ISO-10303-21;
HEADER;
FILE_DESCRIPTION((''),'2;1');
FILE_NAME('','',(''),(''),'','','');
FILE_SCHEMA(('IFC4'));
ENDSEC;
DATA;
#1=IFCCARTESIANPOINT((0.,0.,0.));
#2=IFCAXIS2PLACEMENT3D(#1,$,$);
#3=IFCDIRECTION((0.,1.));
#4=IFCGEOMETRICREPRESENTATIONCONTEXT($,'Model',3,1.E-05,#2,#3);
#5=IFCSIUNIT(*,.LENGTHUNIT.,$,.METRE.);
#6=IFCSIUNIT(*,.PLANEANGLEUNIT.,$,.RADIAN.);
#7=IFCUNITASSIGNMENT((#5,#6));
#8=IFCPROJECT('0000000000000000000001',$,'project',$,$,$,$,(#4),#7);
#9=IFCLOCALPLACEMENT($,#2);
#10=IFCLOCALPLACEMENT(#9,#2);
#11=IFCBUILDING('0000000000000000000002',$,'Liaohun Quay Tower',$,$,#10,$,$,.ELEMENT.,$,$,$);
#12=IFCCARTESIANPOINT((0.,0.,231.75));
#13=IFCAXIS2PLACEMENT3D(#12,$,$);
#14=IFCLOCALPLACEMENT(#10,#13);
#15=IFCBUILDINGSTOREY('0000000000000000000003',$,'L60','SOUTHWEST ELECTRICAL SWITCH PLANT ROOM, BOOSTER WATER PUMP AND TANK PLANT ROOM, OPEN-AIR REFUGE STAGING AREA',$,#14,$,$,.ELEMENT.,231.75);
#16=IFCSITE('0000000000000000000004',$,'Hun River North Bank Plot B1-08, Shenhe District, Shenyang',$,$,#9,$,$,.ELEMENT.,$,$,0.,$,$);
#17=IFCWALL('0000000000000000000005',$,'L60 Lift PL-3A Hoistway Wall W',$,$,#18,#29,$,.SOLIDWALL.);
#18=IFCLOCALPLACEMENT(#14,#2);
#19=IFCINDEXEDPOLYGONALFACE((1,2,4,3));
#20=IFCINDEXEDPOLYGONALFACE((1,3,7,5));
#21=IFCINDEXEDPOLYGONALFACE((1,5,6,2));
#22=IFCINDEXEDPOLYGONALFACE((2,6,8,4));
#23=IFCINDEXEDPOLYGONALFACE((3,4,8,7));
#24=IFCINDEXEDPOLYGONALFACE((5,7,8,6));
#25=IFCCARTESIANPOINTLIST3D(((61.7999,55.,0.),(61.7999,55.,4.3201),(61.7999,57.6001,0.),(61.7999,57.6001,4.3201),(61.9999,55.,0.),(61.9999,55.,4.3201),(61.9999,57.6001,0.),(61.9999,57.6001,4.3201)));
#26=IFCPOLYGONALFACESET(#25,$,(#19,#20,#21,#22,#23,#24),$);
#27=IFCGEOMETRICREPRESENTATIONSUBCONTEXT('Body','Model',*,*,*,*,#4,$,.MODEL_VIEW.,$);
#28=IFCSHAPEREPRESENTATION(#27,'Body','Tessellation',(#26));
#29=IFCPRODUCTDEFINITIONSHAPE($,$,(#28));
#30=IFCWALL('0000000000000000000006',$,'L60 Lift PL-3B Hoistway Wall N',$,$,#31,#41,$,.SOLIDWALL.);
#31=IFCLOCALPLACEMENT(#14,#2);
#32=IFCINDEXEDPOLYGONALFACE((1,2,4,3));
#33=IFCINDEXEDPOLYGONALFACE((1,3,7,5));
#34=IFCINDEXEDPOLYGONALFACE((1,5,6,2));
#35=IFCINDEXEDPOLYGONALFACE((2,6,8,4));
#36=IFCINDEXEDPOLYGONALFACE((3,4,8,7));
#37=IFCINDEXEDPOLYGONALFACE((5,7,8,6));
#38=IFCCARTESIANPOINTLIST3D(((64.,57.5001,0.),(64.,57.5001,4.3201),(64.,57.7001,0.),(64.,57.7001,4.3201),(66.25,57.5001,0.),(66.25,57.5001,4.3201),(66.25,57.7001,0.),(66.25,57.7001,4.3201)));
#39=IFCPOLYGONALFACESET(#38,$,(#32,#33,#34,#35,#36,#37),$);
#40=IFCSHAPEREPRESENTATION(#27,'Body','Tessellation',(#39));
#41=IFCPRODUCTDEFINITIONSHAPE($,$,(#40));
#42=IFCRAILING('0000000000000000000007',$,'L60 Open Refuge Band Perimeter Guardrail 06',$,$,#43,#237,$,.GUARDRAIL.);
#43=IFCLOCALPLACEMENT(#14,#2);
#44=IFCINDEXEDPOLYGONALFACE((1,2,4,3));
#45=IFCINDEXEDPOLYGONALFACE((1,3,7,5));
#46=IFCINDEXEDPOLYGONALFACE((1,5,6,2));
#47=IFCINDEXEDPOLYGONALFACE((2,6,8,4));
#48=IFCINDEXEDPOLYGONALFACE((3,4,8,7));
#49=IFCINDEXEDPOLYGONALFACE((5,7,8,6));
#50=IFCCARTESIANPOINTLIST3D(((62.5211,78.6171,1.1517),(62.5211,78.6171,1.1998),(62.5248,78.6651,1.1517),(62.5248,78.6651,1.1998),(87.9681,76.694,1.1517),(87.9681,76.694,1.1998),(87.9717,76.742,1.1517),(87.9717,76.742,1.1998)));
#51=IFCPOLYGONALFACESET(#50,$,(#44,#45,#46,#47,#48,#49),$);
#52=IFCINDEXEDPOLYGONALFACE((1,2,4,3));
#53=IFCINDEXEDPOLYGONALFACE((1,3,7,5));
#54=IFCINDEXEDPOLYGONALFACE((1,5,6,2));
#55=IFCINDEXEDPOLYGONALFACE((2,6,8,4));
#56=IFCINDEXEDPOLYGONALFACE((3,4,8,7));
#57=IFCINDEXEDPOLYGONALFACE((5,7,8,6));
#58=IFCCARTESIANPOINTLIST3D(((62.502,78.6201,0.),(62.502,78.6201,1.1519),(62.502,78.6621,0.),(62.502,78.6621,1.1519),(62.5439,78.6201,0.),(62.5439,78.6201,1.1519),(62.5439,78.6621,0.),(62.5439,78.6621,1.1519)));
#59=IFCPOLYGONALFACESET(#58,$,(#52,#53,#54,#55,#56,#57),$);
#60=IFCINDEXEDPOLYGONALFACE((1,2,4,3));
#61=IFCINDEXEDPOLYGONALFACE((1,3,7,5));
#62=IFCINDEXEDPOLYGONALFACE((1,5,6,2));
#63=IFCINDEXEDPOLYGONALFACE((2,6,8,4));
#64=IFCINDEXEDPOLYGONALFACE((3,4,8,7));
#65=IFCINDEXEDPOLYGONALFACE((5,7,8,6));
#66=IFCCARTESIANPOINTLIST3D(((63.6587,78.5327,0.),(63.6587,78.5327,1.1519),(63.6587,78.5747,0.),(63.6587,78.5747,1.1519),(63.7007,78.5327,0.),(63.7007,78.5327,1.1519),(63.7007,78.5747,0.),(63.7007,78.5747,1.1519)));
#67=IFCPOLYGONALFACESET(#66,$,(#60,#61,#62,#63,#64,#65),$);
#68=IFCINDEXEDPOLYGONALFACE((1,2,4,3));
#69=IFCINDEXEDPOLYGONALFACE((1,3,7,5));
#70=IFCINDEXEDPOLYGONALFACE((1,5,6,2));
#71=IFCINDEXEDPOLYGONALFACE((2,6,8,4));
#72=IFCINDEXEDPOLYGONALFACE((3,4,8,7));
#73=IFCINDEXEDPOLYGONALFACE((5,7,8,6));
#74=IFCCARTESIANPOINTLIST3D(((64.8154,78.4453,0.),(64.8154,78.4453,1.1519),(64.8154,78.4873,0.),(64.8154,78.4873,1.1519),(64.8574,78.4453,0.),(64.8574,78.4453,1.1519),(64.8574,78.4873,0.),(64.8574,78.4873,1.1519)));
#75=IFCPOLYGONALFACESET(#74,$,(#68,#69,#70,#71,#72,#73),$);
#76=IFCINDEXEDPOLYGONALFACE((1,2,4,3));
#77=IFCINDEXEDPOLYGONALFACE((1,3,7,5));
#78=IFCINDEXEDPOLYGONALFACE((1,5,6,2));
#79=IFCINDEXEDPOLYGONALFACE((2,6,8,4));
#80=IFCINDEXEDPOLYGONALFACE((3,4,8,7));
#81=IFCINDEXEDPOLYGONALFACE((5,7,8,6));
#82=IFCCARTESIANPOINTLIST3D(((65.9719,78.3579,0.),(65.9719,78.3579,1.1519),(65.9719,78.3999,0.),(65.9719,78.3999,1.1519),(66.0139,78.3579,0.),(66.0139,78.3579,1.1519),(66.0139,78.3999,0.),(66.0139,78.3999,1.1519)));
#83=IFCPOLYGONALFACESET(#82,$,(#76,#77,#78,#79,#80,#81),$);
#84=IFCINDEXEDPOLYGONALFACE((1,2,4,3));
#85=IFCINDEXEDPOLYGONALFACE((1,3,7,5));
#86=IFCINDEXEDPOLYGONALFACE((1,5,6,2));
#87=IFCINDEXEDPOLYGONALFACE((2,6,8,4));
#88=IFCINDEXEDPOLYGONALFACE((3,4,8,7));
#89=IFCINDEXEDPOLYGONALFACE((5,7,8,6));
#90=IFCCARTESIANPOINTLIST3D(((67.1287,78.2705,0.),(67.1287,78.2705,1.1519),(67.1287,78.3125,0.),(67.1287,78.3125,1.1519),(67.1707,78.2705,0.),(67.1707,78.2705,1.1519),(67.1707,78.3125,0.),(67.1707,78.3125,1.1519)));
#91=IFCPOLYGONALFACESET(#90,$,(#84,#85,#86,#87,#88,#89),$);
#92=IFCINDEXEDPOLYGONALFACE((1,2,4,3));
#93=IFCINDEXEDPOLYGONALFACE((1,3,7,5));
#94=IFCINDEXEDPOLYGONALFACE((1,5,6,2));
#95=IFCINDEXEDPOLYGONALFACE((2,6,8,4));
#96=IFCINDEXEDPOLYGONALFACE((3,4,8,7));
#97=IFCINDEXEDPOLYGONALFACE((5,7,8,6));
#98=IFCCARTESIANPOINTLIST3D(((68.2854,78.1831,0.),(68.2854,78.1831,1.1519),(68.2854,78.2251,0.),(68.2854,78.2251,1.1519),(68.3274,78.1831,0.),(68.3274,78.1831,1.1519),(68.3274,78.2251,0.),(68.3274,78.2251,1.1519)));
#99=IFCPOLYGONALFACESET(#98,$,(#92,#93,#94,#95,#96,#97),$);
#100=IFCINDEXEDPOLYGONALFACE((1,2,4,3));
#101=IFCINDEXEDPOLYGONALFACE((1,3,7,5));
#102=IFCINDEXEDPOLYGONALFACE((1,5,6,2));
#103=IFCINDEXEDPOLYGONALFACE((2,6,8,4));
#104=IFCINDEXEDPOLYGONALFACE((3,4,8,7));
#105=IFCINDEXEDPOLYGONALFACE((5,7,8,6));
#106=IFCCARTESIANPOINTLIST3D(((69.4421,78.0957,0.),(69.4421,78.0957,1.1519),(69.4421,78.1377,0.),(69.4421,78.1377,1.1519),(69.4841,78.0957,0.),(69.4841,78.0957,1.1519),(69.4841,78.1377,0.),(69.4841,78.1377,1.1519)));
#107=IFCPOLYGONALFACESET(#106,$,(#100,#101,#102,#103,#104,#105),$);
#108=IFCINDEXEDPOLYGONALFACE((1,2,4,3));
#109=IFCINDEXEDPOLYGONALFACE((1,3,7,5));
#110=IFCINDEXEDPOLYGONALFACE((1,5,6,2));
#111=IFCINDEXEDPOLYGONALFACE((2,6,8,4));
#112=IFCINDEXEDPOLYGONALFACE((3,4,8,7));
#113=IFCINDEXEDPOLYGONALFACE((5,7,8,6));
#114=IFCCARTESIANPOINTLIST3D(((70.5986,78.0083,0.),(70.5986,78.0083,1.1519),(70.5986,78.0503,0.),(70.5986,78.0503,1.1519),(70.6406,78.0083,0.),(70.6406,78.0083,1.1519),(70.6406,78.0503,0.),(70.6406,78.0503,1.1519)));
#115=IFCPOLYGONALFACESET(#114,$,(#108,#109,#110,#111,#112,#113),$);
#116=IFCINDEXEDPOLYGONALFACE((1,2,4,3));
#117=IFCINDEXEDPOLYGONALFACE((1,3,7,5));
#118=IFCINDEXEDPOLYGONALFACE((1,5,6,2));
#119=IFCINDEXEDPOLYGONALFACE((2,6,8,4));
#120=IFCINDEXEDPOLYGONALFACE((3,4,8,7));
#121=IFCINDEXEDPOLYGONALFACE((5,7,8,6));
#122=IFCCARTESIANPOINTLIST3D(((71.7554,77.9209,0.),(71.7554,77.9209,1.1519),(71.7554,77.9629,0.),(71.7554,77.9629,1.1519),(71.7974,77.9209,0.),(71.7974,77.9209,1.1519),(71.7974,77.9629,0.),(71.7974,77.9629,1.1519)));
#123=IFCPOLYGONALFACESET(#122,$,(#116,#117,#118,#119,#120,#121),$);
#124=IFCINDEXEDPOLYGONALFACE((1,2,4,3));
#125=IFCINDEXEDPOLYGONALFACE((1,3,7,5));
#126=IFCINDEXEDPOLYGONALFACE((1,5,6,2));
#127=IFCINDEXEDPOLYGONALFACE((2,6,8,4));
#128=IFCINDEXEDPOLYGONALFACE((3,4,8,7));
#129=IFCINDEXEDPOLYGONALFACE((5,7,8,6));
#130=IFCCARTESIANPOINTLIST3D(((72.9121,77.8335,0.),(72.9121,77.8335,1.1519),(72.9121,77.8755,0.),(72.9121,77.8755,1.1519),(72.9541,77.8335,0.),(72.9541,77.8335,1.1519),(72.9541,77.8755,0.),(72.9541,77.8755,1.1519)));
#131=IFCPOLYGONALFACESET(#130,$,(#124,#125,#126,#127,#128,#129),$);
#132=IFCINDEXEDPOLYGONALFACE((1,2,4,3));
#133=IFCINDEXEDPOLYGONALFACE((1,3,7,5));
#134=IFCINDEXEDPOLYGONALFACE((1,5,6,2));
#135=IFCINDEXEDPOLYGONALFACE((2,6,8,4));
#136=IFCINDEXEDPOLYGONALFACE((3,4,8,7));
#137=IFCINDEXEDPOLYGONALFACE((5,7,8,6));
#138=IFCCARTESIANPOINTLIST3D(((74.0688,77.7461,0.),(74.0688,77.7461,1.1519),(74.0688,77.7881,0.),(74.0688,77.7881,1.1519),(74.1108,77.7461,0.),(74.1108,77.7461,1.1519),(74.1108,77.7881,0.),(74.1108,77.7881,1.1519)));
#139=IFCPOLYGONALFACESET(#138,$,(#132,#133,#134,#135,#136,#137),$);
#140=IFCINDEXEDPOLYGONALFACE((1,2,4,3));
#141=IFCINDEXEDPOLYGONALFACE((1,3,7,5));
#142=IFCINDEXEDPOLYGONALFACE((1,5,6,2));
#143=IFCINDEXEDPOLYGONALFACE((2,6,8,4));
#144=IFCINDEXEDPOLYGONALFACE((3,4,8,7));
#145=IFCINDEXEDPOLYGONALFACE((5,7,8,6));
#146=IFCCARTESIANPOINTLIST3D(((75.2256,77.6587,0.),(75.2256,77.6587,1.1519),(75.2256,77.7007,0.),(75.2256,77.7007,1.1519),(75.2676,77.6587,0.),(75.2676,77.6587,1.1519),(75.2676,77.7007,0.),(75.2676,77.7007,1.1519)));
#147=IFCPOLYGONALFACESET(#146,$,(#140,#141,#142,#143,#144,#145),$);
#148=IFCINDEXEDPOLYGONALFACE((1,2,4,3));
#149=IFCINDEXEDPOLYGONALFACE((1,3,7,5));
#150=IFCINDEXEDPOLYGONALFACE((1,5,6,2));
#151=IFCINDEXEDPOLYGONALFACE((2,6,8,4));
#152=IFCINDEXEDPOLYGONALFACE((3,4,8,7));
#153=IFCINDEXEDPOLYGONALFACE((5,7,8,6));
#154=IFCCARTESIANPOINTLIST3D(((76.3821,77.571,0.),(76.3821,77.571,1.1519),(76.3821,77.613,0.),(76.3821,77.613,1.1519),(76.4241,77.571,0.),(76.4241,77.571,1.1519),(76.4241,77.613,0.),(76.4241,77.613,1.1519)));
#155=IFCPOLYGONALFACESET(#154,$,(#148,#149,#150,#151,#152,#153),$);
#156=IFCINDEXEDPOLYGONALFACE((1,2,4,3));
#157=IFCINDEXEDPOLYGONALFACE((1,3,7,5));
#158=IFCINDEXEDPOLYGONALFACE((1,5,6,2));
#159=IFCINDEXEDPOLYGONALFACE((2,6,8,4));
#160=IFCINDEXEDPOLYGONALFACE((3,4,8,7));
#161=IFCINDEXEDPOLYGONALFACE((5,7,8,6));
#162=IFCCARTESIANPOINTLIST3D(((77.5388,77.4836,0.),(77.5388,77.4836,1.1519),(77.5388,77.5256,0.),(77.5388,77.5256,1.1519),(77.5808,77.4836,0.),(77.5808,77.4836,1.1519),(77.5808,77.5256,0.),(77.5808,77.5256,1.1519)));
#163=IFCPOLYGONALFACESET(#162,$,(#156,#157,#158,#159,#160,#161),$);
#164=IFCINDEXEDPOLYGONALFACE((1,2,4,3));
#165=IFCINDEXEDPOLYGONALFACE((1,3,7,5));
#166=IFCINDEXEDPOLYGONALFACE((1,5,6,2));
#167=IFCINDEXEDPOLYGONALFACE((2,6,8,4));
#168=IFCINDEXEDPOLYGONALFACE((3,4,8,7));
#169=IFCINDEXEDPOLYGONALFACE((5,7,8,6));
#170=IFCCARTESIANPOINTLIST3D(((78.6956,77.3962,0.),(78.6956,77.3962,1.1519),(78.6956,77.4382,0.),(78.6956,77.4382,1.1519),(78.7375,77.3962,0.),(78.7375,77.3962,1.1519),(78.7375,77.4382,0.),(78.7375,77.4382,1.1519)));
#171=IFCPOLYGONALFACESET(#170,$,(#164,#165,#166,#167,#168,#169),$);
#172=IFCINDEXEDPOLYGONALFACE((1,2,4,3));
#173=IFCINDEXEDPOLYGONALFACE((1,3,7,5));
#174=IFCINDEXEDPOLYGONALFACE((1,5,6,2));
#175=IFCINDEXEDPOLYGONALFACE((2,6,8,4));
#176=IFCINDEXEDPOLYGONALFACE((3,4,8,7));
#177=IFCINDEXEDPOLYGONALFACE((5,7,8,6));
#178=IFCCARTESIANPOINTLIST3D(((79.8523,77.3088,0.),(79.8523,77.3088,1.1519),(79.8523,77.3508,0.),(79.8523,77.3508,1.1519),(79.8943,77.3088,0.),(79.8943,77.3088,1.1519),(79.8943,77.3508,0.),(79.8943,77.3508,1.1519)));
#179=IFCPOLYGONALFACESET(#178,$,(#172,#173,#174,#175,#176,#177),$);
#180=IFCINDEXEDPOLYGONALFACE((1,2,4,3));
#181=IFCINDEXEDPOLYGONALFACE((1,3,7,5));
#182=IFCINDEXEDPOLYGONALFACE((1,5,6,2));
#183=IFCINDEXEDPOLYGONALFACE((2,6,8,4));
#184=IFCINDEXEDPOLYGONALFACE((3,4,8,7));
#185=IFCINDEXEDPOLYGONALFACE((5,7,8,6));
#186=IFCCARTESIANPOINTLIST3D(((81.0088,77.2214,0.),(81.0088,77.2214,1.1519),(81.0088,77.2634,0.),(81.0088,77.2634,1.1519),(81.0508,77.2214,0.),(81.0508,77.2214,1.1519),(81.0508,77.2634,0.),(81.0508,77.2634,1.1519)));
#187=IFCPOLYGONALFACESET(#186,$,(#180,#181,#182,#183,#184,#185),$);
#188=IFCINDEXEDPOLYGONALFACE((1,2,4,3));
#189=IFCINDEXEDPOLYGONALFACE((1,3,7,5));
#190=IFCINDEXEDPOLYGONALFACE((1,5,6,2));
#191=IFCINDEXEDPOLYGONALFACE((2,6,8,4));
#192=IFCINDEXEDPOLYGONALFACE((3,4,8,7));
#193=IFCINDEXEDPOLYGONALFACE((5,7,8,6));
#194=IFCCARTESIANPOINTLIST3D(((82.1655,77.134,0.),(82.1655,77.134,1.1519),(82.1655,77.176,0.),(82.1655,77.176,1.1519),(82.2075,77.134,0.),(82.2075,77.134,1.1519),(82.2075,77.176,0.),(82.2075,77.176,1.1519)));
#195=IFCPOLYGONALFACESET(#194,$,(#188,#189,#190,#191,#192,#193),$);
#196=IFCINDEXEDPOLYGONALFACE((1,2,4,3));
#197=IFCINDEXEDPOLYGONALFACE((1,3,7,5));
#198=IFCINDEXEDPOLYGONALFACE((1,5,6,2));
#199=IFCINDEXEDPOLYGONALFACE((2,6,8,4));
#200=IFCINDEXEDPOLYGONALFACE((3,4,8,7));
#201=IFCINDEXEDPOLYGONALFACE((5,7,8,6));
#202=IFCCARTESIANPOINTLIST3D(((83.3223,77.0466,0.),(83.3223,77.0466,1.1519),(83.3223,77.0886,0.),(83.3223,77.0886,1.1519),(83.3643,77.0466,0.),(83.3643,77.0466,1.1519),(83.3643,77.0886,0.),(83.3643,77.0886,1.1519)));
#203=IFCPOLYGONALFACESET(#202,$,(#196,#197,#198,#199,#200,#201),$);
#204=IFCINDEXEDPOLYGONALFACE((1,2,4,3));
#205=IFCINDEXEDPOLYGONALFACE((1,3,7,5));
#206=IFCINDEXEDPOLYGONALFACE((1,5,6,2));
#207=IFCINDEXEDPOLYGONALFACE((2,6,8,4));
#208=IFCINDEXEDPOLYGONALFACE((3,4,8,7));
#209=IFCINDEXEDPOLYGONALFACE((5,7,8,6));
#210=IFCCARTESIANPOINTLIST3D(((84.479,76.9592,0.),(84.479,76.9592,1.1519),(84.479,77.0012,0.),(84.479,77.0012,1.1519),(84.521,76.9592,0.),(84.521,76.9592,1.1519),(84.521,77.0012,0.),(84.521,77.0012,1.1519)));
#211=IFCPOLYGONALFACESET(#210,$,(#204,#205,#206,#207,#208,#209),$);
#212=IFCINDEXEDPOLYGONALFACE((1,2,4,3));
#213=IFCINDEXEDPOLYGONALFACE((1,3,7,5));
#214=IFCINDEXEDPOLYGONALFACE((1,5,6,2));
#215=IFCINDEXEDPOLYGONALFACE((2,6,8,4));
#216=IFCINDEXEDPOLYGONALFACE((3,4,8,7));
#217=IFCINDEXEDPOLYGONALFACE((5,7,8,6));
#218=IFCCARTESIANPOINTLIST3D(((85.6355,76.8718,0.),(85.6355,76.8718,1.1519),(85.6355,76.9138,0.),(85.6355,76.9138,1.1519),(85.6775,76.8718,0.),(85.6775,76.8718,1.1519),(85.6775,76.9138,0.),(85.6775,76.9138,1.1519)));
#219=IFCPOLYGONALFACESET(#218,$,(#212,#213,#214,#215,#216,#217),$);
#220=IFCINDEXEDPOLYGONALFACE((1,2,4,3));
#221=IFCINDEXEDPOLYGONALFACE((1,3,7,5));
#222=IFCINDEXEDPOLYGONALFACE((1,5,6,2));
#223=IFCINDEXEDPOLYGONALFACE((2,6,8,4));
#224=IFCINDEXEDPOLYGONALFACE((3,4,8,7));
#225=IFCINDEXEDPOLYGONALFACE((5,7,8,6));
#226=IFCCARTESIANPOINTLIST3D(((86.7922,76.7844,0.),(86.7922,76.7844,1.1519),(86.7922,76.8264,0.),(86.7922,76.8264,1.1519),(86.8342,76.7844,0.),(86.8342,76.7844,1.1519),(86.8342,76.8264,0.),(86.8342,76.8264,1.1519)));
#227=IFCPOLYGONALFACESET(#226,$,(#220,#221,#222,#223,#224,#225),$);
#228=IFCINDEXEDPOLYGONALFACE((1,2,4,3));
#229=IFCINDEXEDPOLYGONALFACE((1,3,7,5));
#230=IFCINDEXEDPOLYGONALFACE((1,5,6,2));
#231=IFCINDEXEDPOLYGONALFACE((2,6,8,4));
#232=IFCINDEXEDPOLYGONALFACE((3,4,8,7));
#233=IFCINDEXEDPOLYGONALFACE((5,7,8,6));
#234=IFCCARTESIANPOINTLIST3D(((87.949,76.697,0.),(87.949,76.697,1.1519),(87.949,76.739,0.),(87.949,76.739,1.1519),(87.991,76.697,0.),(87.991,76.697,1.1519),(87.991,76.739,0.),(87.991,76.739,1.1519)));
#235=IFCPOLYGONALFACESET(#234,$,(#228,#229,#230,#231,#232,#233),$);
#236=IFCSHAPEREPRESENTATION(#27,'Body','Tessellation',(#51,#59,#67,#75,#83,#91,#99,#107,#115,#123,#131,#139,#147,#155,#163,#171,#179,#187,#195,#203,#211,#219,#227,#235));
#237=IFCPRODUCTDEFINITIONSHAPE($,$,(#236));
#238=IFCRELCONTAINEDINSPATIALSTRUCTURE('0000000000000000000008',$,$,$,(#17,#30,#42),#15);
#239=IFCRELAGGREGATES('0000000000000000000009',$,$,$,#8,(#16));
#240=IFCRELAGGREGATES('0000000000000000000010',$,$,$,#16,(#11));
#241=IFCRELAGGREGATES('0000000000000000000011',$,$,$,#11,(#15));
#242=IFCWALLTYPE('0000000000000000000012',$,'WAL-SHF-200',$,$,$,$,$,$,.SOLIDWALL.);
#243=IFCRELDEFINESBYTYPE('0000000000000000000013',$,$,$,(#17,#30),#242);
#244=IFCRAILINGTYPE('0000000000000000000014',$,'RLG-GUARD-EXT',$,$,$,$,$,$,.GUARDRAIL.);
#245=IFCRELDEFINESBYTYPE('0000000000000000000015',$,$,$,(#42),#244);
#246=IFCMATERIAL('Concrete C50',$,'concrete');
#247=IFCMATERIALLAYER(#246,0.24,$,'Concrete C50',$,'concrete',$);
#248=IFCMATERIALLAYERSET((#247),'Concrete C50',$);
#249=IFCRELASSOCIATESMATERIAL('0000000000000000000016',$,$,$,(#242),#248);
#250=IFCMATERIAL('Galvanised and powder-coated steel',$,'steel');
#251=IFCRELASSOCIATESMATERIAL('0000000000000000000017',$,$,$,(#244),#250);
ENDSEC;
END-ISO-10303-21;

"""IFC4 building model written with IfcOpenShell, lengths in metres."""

from ifc_helpers import new_model, si_unit, direction, frame, frame_2d, origin, origin_2d, place, context, subcontext, project, spatial, rectangle, extrude, material, layer, layer_set, type_object, element, save


model = new_model("IFC4")

# Units and contexts
model_context = context("Model", 3, precision=1e-05, world=origin(), true_north=direction((0.0, 1.0)))
body_context = subcontext(model_context, "Body", "Model", "MODEL_VIEW")
ifc_project = project(units=[si_unit("LENGTHUNIT", "METRE"), si_unit("PLANEANGLEUNIT", "RADIAN")], contexts=[model_context])

# Site, building, storey
site_placement = place(None, origin())
site = spatial("IfcSite", under=ifc_project, at=site_placement, Name="Hun River North Bank Plot B1-08, Shenhe District, Shenyang", CompositionType="ELEMENT", RefElevation=0.0)
building_placement = place(site_placement, origin())
building = spatial("IfcBuilding", under=site, at=building_placement, Name="Liaohun Quay Tower", CompositionType="ELEMENT")
storey_placement = place(building_placement, frame((0.0, 0.0, 231.75)))
storey = spatial("IfcBuildingStorey", under=building, at=storey_placement, Name="L60", Description="SOUTHWEST ELECTRICAL SWITCH PLANT ROOM, BOOSTER WATER PUMP AND TANK PLANT ROOM, OPEN-AIR REFUGE STAGING AREA", CompositionType="ELEMENT", Elevation=231.75)

# Shared definitions
ifc_material_1 = material(Name="Concrete C50", Category="concrete")
ifc_layer_1 = layer(ifc_material_1, 0.24, Name="Concrete C50", Category="concrete")
ifc_layer_set_1 = layer_set([ifc_layer_1], Name="Concrete C50")
wall_type_1 = type_object("IfcWallType", Name="WAL-SHF-200", PredefinedType="SOLIDWALL", material=ifc_layer_set_1)

# Walls
wall_1_placement = place(storey_placement, frame((61.8999, 57.6001, 0.0), z_axis=(0.0, 0.0, 1.0), x_axis=(0.0, -1.0, 0.0)))
element("IfcWall", 1, at=wall_1_placement, inside=storey, type_object=wall_type_1, Name="L60 Lift PL-3A Hoistway Wall W", PredefinedType="SOLIDWALL", context=body_context, shape_type="SweptSolid", body=[
    extrude(rectangle(XDim=2.6001, YDim=0.2, at=frame_2d((1.3, 0.0))), origin(), (0.0, 0.0, 1.0), 4.3201),
])
wall_2_placement = place(storey_placement, frame((66.25, 57.6001, 0.0), z_axis=(0.0, 0.0, 1.0), x_axis=(-1.0, 0.0, 0.0)))
element("IfcWall", 2, at=wall_2_placement, inside=storey, type_object=wall_type_1, Name="L60 Lift PL-3B Hoistway Wall N", PredefinedType="SOLIDWALL", context=body_context, shape_type="SweptSolid", body=[
    extrude(rectangle(XDim=2.25, YDim=0.2, at=frame_2d((1.125, 0.0))), origin(), (0.0, 0.0, 1.0), 4.3201),
])

# Railing
ifc_material_2 = material(Name="Galvanised and powder-coated steel", Category="steel")
railing_type_1 = type_object("IfcRailingType", Name="RLG-GUARD-EXT", PredefinedType="GUARDRAIL", material=ifc_material_2)
railing_1_placement = place(storey_placement, frame((62.5229, 78.6411, 0.0)))
element("IfcRailing", 3, at=railing_1_placement, inside=storey, type_object=railing_type_1, Name="L60 Open Refuge Band Perimeter Guardrail 06", PredefinedType="GUARDRAIL", context=body_context, shape_type="SweptSolid", body=[
    extrude(rectangle(XDim=0.0481, YDim=0.0481, at=origin_2d()), frame((0.0, 0.0, 1.1758), z_axis=(0.997157, -0.075358, 0.0), x_axis=(0.075358, 0.997157, 0.0)), (0.0, 0.0, 1.0), 25.5195),
    extrude(rectangle(XDim=0.042, YDim=0.042, at=origin_2d()), origin(), (0.0, 0.0, 1.0), 1.1519),
    extrude(rectangle(XDim=0.042, YDim=0.042, at=origin_2d()), frame((1.1567, -0.0874, 0.0)), (0.0, 0.0, 1.0), 1.1519),
    extrude(rectangle(XDim=0.042, YDim=0.042, at=origin_2d()), frame((2.3135, -0.1748, 0.0)), (0.0, 0.0, 1.0), 1.1519),
    extrude(rectangle(XDim=0.042, YDim=0.042, at=origin_2d()), frame((3.47, -0.2622, 0.0)), (0.0, 0.0, 1.0), 1.1519),
    extrude(rectangle(XDim=0.042, YDim=0.042, at=origin_2d()), frame((4.6267, -0.3496, 0.0)), (0.0, 0.0, 1.0), 1.1519),
    extrude(rectangle(XDim=0.042, YDim=0.042, at=origin_2d()), frame((5.7834, -0.437, 0.0)), (0.0, 0.0, 1.0), 1.1519),
    extrude(rectangle(XDim=0.042, YDim=0.042, at=origin_2d()), frame((6.9402, -0.5244, 0.0)), (0.0, 0.0, 1.0), 1.1519),
    extrude(rectangle(XDim=0.042, YDim=0.042, at=origin_2d()), frame((8.0967, -0.6118, 0.0)), (0.0, 0.0, 1.0), 1.1519),
    extrude(rectangle(XDim=0.042, YDim=0.042, at=origin_2d()), frame((9.2534, -0.6992, 0.0)), (0.0, 0.0, 1.0), 1.1519),
    extrude(rectangle(XDim=0.042, YDim=0.042, at=origin_2d()), frame((10.4102, -0.7866, 0.0)), (0.0, 0.0, 1.0), 1.1519),
    extrude(rectangle(XDim=0.042, YDim=0.042, at=origin_2d()), frame((11.5669, -0.874, 0.0)), (0.0, 0.0, 1.0), 1.1519),
    extrude(rectangle(XDim=0.042, YDim=0.042, at=origin_2d()), frame((12.7236, -0.9614, 0.0)), (0.0, 0.0, 1.0), 1.1519),
    extrude(rectangle(XDim=0.042, YDim=0.042, at=origin_2d()), frame((13.8801, -1.0491, 0.0)), (0.0, 0.0, 1.0), 1.1519),
    extrude(rectangle(XDim=0.042, YDim=0.042, at=origin_2d()), frame((15.0369, -1.1365, 0.0)), (0.0, 0.0, 1.0), 1.1519),
    extrude(rectangle(XDim=0.042, YDim=0.042, at=origin_2d()), frame((16.1936, -1.2239, 0.0)), (0.0, 0.0, 1.0), 1.1519),
    extrude(rectangle(XDim=0.042, YDim=0.042, at=origin_2d()), frame((17.3503, -1.3113, 0.0)), (0.0, 0.0, 1.0), 1.1519),
    extrude(rectangle(XDim=0.042, YDim=0.042, at=origin_2d()), frame((18.5068, -1.3987, 0.0)), (0.0, 0.0, 1.0), 1.1519),
    extrude(rectangle(XDim=0.042, YDim=0.042, at=origin_2d()), frame((19.6636, -1.4861, 0.0)), (0.0, 0.0, 1.0), 1.1519),
    extrude(rectangle(XDim=0.042, YDim=0.042, at=origin_2d()), frame((20.8203, -1.5735, 0.0)), (0.0, 0.0, 1.0), 1.1519),
    extrude(rectangle(XDim=0.042, YDim=0.042, at=origin_2d()), frame((21.9771, -1.6609, 0.0)), (0.0, 0.0, 1.0), 1.1519),
    extrude(rectangle(XDim=0.042, YDim=0.042, at=origin_2d()), frame((23.1335, -1.7483, 0.0)), (0.0, 0.0, 1.0), 1.1519),
    extrude(rectangle(XDim=0.042, YDim=0.042, at=origin_2d()), frame((24.2903, -1.8357, 0.0)), (0.0, 0.0, 1.0), 1.1519),
    extrude(rectangle(XDim=0.042, YDim=0.042, at=origin_2d()), frame((25.447, -1.9231, 0.0)), (0.0, 0.0, 1.0), 1.1519),
])

save(model, "model.ifc")
